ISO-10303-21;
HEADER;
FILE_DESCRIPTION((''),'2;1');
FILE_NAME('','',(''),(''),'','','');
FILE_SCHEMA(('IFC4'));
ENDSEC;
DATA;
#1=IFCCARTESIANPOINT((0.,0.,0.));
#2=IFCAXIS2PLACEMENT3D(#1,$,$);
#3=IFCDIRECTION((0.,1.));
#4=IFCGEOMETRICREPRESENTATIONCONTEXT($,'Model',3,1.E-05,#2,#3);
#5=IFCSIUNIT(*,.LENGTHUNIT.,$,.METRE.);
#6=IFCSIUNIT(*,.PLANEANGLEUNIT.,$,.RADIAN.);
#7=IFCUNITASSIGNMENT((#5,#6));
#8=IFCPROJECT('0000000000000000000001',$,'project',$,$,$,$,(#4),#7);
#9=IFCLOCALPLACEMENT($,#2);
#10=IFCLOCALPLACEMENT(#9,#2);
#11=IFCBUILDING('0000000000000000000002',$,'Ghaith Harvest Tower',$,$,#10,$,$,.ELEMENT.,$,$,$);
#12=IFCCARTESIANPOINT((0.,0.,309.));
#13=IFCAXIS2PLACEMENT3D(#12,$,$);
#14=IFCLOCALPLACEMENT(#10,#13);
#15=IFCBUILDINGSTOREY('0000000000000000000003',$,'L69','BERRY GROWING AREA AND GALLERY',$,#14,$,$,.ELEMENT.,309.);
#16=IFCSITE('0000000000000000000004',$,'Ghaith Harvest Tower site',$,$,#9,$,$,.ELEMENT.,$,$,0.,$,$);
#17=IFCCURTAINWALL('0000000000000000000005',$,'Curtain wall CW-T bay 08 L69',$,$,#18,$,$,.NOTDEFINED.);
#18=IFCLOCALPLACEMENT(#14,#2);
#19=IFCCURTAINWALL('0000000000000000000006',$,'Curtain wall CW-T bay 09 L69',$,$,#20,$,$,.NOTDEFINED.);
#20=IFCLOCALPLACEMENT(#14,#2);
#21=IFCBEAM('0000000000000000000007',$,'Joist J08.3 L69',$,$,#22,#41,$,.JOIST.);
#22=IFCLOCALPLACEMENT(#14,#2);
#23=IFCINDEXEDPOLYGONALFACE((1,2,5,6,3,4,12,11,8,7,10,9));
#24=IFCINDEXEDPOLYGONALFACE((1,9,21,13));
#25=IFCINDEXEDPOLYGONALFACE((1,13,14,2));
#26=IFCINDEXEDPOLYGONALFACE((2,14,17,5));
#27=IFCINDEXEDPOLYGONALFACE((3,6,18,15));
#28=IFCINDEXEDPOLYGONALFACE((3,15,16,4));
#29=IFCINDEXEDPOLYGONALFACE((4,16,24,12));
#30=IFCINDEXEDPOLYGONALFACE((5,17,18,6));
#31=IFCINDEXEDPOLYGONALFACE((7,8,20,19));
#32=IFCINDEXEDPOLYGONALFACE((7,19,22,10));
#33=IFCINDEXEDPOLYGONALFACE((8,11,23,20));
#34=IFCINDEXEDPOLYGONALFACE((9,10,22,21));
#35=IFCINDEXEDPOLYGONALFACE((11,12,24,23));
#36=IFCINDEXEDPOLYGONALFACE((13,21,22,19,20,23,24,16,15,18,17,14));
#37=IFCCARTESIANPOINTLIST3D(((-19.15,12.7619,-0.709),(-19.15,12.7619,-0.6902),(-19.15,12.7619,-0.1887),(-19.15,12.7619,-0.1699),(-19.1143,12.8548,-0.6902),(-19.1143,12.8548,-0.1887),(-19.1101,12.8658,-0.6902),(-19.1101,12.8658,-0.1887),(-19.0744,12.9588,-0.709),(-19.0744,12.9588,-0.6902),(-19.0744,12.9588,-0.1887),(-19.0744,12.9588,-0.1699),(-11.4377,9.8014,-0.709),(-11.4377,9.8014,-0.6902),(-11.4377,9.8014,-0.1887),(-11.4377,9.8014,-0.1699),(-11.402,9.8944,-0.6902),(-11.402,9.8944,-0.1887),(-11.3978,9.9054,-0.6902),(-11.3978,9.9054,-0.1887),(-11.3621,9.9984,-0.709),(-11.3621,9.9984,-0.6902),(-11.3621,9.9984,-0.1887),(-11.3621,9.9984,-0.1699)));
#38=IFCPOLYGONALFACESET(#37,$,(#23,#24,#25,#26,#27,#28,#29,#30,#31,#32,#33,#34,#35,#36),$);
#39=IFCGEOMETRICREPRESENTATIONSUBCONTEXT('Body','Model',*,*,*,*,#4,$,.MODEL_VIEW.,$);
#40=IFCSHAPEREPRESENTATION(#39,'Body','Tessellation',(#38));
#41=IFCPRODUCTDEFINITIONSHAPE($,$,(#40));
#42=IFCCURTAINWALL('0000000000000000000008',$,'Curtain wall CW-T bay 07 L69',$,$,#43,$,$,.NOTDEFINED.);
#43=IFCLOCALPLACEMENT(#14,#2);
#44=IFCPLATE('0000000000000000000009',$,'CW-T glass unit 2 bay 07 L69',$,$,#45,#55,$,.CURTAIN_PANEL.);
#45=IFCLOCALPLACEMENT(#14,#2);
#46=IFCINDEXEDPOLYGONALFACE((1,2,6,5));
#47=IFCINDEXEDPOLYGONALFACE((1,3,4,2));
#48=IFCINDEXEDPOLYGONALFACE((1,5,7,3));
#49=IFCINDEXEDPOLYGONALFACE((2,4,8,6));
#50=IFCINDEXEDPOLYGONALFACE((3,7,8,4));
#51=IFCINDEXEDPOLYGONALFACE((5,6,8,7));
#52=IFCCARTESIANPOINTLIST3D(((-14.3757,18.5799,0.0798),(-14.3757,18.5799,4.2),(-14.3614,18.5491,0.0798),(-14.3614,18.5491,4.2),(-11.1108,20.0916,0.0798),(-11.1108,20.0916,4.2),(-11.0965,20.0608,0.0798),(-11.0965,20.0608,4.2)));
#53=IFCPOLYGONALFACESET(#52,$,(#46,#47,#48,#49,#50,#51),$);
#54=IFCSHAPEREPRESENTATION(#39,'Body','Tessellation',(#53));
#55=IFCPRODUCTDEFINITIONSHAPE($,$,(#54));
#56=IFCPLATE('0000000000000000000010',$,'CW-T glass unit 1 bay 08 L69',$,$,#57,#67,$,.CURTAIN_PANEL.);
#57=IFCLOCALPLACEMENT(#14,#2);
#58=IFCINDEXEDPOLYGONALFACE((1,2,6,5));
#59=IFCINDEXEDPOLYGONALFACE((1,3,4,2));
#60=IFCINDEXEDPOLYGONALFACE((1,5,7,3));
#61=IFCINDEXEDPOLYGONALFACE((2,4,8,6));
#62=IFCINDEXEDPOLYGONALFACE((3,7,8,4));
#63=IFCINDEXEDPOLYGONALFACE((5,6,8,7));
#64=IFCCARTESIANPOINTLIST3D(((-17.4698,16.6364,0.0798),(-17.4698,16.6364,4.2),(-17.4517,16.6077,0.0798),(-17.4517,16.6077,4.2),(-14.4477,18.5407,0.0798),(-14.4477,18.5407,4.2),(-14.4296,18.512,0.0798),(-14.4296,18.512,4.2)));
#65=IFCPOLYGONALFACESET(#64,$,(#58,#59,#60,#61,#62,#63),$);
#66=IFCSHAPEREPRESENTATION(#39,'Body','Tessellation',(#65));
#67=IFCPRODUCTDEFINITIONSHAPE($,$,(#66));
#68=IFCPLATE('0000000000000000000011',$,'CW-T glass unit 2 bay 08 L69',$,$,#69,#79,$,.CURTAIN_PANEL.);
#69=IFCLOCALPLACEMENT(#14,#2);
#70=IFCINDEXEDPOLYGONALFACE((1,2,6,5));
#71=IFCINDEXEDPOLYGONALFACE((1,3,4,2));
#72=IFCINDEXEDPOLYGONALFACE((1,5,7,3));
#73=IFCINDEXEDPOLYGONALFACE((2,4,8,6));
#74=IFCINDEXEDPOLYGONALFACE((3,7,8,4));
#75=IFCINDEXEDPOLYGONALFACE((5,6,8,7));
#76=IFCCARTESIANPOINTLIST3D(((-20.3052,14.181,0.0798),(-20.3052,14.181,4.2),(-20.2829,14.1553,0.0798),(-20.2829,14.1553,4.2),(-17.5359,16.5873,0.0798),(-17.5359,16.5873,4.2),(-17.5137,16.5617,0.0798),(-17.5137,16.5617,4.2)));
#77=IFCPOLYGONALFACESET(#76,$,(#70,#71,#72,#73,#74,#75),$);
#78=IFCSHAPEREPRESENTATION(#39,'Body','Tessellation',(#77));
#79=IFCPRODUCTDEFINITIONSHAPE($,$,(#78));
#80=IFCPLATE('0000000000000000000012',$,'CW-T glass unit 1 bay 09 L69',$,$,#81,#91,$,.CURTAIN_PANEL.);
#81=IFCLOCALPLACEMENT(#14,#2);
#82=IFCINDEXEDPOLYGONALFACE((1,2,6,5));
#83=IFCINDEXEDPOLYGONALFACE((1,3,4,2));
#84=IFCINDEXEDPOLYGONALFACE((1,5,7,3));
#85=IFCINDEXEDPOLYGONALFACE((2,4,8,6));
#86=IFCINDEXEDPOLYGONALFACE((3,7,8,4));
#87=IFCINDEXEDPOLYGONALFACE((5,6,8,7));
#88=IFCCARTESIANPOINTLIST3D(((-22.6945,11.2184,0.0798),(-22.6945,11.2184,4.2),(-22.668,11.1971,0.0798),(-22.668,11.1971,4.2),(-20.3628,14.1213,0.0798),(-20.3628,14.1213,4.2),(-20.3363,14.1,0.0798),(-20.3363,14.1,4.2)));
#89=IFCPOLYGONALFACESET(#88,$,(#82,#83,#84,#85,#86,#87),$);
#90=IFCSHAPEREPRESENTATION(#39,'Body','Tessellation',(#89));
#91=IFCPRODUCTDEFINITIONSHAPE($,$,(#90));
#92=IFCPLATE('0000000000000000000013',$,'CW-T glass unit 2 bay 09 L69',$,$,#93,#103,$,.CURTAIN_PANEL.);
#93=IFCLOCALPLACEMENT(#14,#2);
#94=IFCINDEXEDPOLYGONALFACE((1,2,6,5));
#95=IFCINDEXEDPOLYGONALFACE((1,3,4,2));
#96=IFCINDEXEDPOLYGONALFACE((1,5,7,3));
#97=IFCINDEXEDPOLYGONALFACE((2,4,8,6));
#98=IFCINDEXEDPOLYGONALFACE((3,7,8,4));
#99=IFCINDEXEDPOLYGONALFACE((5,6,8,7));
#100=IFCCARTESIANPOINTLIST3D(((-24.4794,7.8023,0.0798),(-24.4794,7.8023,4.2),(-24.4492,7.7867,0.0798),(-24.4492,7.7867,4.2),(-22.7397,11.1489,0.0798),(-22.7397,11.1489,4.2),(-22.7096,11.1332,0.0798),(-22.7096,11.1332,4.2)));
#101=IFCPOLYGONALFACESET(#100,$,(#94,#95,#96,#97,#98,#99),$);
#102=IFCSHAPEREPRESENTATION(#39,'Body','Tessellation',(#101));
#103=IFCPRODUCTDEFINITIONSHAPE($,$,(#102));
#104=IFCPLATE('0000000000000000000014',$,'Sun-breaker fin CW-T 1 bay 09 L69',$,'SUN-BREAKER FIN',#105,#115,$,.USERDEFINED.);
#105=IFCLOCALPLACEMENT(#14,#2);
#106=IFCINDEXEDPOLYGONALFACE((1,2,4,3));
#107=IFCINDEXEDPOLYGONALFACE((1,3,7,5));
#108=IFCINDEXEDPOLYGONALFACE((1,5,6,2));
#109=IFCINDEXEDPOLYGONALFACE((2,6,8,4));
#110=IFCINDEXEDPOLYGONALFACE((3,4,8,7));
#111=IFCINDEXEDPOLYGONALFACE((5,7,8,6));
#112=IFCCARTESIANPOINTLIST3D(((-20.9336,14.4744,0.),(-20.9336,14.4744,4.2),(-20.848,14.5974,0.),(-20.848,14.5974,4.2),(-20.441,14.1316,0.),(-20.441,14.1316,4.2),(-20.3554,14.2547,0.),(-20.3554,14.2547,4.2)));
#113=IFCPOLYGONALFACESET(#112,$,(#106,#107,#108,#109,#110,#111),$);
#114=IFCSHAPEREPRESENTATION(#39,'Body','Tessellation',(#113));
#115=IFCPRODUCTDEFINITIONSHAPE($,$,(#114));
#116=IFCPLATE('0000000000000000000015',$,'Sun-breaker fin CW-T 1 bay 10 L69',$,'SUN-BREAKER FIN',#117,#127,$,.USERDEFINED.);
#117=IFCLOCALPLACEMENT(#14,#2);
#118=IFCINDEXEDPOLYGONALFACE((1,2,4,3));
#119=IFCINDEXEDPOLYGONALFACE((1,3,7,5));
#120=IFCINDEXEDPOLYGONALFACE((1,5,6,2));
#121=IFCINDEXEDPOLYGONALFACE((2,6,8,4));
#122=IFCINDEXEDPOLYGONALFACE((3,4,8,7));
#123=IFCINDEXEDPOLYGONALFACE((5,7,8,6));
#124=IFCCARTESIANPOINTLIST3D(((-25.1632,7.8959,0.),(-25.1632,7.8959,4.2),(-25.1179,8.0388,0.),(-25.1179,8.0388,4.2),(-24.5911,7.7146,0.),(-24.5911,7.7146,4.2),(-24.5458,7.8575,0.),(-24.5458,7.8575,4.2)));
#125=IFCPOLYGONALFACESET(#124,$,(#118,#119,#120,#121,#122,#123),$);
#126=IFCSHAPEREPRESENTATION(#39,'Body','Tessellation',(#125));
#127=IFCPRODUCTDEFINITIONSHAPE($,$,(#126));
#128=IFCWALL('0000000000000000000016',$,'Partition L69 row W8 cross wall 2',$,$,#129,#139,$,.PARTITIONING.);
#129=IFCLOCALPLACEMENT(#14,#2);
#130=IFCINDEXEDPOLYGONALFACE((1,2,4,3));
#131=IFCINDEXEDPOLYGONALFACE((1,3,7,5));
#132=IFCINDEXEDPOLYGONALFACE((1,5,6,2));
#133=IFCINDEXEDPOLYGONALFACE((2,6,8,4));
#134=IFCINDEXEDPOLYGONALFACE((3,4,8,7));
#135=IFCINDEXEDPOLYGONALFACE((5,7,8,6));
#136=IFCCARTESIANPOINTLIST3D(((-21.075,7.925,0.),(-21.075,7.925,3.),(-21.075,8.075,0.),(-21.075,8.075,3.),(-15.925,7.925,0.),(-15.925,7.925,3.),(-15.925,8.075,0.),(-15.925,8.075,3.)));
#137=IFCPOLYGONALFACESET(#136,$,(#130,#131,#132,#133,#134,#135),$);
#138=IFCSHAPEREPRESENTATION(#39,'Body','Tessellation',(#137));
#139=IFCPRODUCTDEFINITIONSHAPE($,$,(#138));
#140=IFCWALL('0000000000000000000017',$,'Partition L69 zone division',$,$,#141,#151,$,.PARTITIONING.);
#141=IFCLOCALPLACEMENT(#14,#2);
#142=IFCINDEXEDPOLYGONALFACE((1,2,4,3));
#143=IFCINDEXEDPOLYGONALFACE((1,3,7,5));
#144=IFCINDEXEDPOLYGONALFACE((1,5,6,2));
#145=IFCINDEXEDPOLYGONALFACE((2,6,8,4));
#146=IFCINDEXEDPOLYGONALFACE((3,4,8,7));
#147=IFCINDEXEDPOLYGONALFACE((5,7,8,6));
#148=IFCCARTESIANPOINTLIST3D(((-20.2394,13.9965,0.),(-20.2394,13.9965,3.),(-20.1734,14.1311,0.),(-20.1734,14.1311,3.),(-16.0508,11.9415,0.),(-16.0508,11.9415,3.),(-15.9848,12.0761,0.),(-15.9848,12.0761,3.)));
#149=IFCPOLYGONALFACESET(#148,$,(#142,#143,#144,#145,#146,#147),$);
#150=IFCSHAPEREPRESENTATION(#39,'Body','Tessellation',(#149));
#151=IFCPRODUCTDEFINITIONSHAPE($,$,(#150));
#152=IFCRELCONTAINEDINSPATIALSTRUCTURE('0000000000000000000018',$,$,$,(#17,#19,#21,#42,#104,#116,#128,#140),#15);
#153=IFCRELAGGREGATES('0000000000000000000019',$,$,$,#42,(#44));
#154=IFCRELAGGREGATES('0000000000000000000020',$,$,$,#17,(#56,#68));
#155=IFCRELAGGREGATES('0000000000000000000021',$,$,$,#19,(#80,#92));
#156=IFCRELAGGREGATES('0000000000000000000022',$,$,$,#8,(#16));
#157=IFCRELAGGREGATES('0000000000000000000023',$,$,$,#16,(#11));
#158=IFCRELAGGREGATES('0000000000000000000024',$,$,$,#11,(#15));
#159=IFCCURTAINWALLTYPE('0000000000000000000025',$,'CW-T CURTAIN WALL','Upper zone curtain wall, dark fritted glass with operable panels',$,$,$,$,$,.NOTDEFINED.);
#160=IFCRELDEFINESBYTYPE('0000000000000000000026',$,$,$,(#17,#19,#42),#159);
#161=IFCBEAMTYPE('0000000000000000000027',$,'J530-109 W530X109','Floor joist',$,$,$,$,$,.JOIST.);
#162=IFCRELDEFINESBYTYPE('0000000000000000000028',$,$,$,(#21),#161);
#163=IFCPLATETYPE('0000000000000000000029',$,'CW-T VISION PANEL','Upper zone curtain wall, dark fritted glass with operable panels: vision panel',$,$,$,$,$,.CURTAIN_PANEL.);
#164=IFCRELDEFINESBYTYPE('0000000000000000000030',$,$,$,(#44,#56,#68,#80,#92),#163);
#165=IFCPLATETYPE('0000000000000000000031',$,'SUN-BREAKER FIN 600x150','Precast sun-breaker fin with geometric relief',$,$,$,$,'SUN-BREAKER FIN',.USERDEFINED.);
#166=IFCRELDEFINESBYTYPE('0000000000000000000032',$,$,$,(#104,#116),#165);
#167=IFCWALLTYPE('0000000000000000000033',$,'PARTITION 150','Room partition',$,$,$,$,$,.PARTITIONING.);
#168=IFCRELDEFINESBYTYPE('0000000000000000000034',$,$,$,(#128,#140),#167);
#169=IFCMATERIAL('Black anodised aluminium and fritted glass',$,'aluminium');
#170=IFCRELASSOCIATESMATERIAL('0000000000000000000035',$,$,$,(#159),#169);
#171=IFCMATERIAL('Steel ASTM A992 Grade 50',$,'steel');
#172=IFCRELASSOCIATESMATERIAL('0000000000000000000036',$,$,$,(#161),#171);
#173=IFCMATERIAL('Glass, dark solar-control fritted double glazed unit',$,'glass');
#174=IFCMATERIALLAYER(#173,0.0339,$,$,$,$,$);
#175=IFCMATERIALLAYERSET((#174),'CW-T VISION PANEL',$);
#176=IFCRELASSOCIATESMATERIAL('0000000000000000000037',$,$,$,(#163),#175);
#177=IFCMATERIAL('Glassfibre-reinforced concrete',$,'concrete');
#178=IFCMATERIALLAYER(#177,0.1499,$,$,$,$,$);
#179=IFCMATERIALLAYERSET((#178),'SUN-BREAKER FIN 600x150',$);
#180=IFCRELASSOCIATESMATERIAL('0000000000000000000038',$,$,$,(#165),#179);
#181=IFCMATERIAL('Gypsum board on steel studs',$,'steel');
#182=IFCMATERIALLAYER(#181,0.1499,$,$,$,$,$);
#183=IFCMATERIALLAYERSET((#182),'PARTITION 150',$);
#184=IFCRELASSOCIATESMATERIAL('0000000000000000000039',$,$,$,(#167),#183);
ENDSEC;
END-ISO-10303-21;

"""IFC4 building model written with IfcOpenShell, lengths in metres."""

from ifc_helpers import new_model, si_unit, direction, frame, frame_2d, origin, origin_2d, place, context, subcontext, project, spatial, rectangle, i_section, extrude, material, layer, layer_set, material_profile, profile_set, type_object, element, aggregate, save


model = new_model("IFC4")

# Units and contexts
model_context = context("Model", 3, precision=1e-05, world=origin(), true_north=direction((0.0, 1.0)))
body_context = subcontext(model_context, "Body", "Model", "MODEL_VIEW")
ifc_project = project(units=[si_unit("LENGTHUNIT", "METRE"), si_unit("PLANEANGLEUNIT", "RADIAN")], contexts=[model_context])

# Site, building, storey
site_placement = place(None, origin())
site = spatial("IfcSite", under=ifc_project, at=site_placement, Name="Ghaith Harvest Tower site", CompositionType="ELEMENT", RefElevation=0.0)
building_placement = place(site_placement, origin())
building = spatial("IfcBuilding", under=site, at=building_placement, Name="Ghaith Harvest Tower", CompositionType="ELEMENT")
storey_placement = place(building_placement, frame((0.0, 0.0, 309.0)))
storey = spatial("IfcBuildingStorey", under=building, at=storey_placement, Name="L69", Description="BERRY GROWING AREA AND GALLERY", CompositionType="ELEMENT", Elevation=309.0)

# Curtain walls
ifc_material_1 = material(Name="Black anodised aluminium and fritted glass", Category="aluminium")
curtain_wall_type = type_object("IfcCurtainWallType", Name="CW-T CURTAIN WALL", Description="Upper zone curtain wall, dark fritted glass with operable panels", PredefinedType="NOTDEFINED", material=ifc_material_1)
curtain_wall_1_placement = place(storey_placement, origin())
curtain_wall_1 = element("IfcCurtainWall", 1, at=curtain_wall_1_placement, inside=storey, type_object=curtain_wall_type, Name="Curtain wall CW-T bay 08 L69", PredefinedType="NOTDEFINED")
curtain_wall_2_placement = place(storey_placement, origin())
curtain_wall_2 = element("IfcCurtainWall", 2, at=curtain_wall_2_placement, inside=storey, type_object=curtain_wall_type, Name="Curtain wall CW-T bay 09 L69", PredefinedType="NOTDEFINED")

# Beam
ifc_material_2 = material(Name="Steel ASTM A992 Grade 50", Category="steel")
ifc_material_profile_1 = material_profile(ifc_material_2, i_section(OverallWidth=0.2109, OverallDepth=0.5391, WebThickness=0.0117, FlangeThickness=0.0188, at=origin_2d()), Name="W530X109")
ifc_profile_set_1 = profile_set([ifc_material_profile_1], Name="Steel ASTM A992 Grade 50")
beam_type_1 = type_object("IfcBeamType", Name="J530-109 W530X109", Description="Floor joist", PredefinedType="JOIST", material=ifc_profile_set_1)
beam_1_placement = place(storey_placement, frame((-11.3999, 9.8999, -0.4395), z_axis=(-0.933583, 0.358361, 0.0), x_axis=(-0.358361, -0.933583, 0.0)))
element("IfcBeam", 3, at=beam_1_placement, inside=storey, type_object=beam_type_1, Name="Joist J08.3 L69", PredefinedType="JOIST", context=body_context, shape_type="SweptSolid", body=[
    extrude(i_section(OverallWidth=0.2109, OverallDepth=0.5391, WebThickness=0.0117, FlangeThickness=0.0188, at=origin_2d()), origin(), (0.0, 0.0, 1.0), 8.261),
])

# Curtain wall, plate
curtain_wall_3_placement = place(storey_placement, origin())
curtain_wall_3 = element("IfcCurtainWall", 4, at=curtain_wall_3_placement, inside=storey, type_object=curtain_wall_type, Name="Curtain wall CW-T bay 07 L69", PredefinedType="NOTDEFINED")
ifc_material_3 = material(Name="Glass, dark solar-control fritted double glazed unit", Category="glass")
ifc_layer_1 = layer(ifc_material_3, 0.0339)
ifc_layer_set_1 = layer_set([ifc_layer_1], Name="CW-T VISION PANEL")
plate_type_1 = type_object("IfcPlateType", Name="CW-T VISION PANEL", Description="Upper zone curtain wall, dark fritted glass with operable panels: vision panel", PredefinedType="CURTAIN_PANEL", material=ifc_layer_set_1)
plate_1_placement = place(storey_placement, frame((-12.7361, 19.3203, 0.0798), z_axis=(0.0, 0.0, 1.0), x_axis=(-0.90745, -0.42016, 0.0)))
plate_1 = element("IfcPlate", 5, at=plate_1_placement, type_object=plate_type_1, Name="CW-T glass unit 2 bay 07 L69", PredefinedType="CURTAIN_PANEL", context=body_context, shape_type="SweptSolid", body=[
    extrude(rectangle(XDim=3.5979, YDim=0.0339, at=origin_2d()), origin(), (0.0, 0.0, 1.0), 4.1201),
])
aggregate(curtain_wall_3, [plate_1])

# Plates
plate_2_placement = place(storey_placement, frame((-15.9497, 17.5742, 0.0798), z_axis=(0.0, 0.0, 1.0), x_axis=(-0.846043, -0.533114, 0.0)))
plate_2 = element("IfcPlate", 6, at=plate_2_placement, type_object=plate_type_1, Name="CW-T glass unit 1 bay 08 L69", PredefinedType="CURTAIN_PANEL", context=body_context, shape_type="SweptSolid", body=[
    extrude(rectangle(XDim=3.572, YDim=0.0339, at=origin_2d()), origin(), (0.0, 0.0, 1.0), 4.1201),
])
plate_3_placement = place(storey_placement, frame((-18.9094, 15.3713, 0.0798), z_axis=(0.0, 0.0, 1.0), x_axis=(-0.754829, -0.655922, 0.0)))
plate_3 = element("IfcPlate", 7, at=plate_3_placement, type_object=plate_type_1, Name="CW-T glass unit 2 bay 08 L69", PredefinedType="CURTAIN_PANEL", context=body_context, shape_type="SweptSolid", body=[
    extrude(rectangle(XDim=3.6687, YDim=0.0339, at=origin_2d()), origin(), (0.0, 0.0, 1.0), 4.1201),
])
aggregate(curtain_wall_1, [plate_2, plate_3])
plate_4_placement = place(storey_placement, frame((-21.5154, 12.6592, 0.0798), z_axis=(0.0, 0.0, 1.0), x_axis=(-0.62623, -0.779639, 0.0)))
plate_4 = element("IfcPlate", 8, at=plate_4_placement, type_object=plate_type_1, Name="CW-T glass unit 1 bay 09 L69", PredefinedType="CURTAIN_PANEL", context=body_context, shape_type="SweptSolid", body=[
    extrude(rectangle(XDim=3.7234, YDim=0.0339, at=origin_2d()), origin(), (0.0, 0.0, 1.0), 4.1201),
])
plate_5_placement = place(storey_placement, frame((-23.5945, 9.4678, 0.0798), z_axis=(0.0, 0.0, 1.0), x_axis=(-0.46123, -0.887281, 0.0)))
plate_5 = element("IfcPlate", 9, at=plate_5_placement, type_object=plate_type_1, Name="CW-T glass unit 2 bay 09 L69", PredefinedType="CURTAIN_PANEL", context=body_context, shape_type="SweptSolid", body=[
    extrude(rectangle(XDim=3.7717, YDim=0.0339, at=origin_2d()), origin(), (0.0, 0.0, 1.0), 4.1201),
])
aggregate(curtain_wall_2, [plate_4, plate_5])

# Plates
ifc_material_4 = material(Name="Glassfibre-reinforced concrete", Category="concrete")
ifc_layer_2 = layer(ifc_material_4, 0.1499)
ifc_layer_set_2 = layer_set([ifc_layer_2], Name="SUN-BREAKER FIN 600x150")
plate_type_2 = type_object("IfcPlateType", Name="SUN-BREAKER FIN 600x150", Description="Precast sun-breaker fin with geometric relief", ElementType="SUN-BREAKER FIN", PredefinedType="USERDEFINED", material=ifc_layer_set_2)
for number, where, z_axis, x_axis, name in (
    (10, (-20.6445, 14.3645, 0.0), (0.0, 0.0, 1.0), (-0.820845, 0.57115, 0.0), "Sun-breaker fin CW-T 1 bay 09 L69"),
    (11, (-24.8545, 7.8767, 0.0), (0.0, 0.0, 1.0), (-0.953273, 0.30211, 0.0), "Sun-breaker fin CW-T 1 bay 10 L69"),
):
    element("IfcPlate", number, at=place(storey_placement, frame(where, z_axis=z_axis, x_axis=x_axis)), inside=storey, type_object=plate_type_2, Name=name, ObjectType="SUN-BREAKER FIN", PredefinedType="USERDEFINED", context=body_context, shape_type="SweptSolid", body=[
        extrude(rectangle(XDim=0.6001, YDim=0.1499, at=origin_2d()), origin(), (0.0, 0.0, 1.0), 4.2),
    ])

# Walls
ifc_material_5 = material(Name="Gypsum board on steel studs", Category="steel")
ifc_layer_3 = layer(ifc_material_5, 0.1499)
ifc_layer_set_3 = layer_set([ifc_layer_3], Name="PARTITION 150")
wall_type_1 = type_object("IfcWallType", Name="PARTITION 150", Description="Room partition", PredefinedType="PARTITIONING", material=ifc_layer_set_3)
wall_1_placement = place(storey_placement, frame((-15.925, 8.0, 0.0), z_axis=(0.0, 0.0, 1.0), x_axis=(-1.0, 0.0, 0.0)))
element("IfcWall", 12, at=wall_1_placement, inside=storey, type_object=wall_type_1, Name="Partition L69 row W8 cross wall 2", PredefinedType="PARTITIONING", context=body_context, shape_type="SweptSolid", body=[
    extrude(rectangle(XDim=5.1499, YDim=0.1499, at=frame_2d((2.575, 0.0))), origin(), (0.0, 0.0, 1.0), 3.0),
])
wall_2_placement = place(storey_placement, frame((-16.0178, 12.0088, 0.0), z_axis=(0.0, 0.0, 1.0), x_axis=(-0.897772, 0.440461, 0.0)))
element("IfcWall", 13, at=wall_2_placement, inside=storey, type_object=wall_type_1, Name="Partition L69 zone division", PredefinedType="PARTITIONING", context=body_context, shape_type="SweptSolid", body=[
    extrude(rectangle(XDim=4.6655, YDim=0.1499, at=frame_2d((2.3328, 0.0))), origin(), (0.0, 0.0, 1.0), 3.0),
])

save(model, "model.ifc")
